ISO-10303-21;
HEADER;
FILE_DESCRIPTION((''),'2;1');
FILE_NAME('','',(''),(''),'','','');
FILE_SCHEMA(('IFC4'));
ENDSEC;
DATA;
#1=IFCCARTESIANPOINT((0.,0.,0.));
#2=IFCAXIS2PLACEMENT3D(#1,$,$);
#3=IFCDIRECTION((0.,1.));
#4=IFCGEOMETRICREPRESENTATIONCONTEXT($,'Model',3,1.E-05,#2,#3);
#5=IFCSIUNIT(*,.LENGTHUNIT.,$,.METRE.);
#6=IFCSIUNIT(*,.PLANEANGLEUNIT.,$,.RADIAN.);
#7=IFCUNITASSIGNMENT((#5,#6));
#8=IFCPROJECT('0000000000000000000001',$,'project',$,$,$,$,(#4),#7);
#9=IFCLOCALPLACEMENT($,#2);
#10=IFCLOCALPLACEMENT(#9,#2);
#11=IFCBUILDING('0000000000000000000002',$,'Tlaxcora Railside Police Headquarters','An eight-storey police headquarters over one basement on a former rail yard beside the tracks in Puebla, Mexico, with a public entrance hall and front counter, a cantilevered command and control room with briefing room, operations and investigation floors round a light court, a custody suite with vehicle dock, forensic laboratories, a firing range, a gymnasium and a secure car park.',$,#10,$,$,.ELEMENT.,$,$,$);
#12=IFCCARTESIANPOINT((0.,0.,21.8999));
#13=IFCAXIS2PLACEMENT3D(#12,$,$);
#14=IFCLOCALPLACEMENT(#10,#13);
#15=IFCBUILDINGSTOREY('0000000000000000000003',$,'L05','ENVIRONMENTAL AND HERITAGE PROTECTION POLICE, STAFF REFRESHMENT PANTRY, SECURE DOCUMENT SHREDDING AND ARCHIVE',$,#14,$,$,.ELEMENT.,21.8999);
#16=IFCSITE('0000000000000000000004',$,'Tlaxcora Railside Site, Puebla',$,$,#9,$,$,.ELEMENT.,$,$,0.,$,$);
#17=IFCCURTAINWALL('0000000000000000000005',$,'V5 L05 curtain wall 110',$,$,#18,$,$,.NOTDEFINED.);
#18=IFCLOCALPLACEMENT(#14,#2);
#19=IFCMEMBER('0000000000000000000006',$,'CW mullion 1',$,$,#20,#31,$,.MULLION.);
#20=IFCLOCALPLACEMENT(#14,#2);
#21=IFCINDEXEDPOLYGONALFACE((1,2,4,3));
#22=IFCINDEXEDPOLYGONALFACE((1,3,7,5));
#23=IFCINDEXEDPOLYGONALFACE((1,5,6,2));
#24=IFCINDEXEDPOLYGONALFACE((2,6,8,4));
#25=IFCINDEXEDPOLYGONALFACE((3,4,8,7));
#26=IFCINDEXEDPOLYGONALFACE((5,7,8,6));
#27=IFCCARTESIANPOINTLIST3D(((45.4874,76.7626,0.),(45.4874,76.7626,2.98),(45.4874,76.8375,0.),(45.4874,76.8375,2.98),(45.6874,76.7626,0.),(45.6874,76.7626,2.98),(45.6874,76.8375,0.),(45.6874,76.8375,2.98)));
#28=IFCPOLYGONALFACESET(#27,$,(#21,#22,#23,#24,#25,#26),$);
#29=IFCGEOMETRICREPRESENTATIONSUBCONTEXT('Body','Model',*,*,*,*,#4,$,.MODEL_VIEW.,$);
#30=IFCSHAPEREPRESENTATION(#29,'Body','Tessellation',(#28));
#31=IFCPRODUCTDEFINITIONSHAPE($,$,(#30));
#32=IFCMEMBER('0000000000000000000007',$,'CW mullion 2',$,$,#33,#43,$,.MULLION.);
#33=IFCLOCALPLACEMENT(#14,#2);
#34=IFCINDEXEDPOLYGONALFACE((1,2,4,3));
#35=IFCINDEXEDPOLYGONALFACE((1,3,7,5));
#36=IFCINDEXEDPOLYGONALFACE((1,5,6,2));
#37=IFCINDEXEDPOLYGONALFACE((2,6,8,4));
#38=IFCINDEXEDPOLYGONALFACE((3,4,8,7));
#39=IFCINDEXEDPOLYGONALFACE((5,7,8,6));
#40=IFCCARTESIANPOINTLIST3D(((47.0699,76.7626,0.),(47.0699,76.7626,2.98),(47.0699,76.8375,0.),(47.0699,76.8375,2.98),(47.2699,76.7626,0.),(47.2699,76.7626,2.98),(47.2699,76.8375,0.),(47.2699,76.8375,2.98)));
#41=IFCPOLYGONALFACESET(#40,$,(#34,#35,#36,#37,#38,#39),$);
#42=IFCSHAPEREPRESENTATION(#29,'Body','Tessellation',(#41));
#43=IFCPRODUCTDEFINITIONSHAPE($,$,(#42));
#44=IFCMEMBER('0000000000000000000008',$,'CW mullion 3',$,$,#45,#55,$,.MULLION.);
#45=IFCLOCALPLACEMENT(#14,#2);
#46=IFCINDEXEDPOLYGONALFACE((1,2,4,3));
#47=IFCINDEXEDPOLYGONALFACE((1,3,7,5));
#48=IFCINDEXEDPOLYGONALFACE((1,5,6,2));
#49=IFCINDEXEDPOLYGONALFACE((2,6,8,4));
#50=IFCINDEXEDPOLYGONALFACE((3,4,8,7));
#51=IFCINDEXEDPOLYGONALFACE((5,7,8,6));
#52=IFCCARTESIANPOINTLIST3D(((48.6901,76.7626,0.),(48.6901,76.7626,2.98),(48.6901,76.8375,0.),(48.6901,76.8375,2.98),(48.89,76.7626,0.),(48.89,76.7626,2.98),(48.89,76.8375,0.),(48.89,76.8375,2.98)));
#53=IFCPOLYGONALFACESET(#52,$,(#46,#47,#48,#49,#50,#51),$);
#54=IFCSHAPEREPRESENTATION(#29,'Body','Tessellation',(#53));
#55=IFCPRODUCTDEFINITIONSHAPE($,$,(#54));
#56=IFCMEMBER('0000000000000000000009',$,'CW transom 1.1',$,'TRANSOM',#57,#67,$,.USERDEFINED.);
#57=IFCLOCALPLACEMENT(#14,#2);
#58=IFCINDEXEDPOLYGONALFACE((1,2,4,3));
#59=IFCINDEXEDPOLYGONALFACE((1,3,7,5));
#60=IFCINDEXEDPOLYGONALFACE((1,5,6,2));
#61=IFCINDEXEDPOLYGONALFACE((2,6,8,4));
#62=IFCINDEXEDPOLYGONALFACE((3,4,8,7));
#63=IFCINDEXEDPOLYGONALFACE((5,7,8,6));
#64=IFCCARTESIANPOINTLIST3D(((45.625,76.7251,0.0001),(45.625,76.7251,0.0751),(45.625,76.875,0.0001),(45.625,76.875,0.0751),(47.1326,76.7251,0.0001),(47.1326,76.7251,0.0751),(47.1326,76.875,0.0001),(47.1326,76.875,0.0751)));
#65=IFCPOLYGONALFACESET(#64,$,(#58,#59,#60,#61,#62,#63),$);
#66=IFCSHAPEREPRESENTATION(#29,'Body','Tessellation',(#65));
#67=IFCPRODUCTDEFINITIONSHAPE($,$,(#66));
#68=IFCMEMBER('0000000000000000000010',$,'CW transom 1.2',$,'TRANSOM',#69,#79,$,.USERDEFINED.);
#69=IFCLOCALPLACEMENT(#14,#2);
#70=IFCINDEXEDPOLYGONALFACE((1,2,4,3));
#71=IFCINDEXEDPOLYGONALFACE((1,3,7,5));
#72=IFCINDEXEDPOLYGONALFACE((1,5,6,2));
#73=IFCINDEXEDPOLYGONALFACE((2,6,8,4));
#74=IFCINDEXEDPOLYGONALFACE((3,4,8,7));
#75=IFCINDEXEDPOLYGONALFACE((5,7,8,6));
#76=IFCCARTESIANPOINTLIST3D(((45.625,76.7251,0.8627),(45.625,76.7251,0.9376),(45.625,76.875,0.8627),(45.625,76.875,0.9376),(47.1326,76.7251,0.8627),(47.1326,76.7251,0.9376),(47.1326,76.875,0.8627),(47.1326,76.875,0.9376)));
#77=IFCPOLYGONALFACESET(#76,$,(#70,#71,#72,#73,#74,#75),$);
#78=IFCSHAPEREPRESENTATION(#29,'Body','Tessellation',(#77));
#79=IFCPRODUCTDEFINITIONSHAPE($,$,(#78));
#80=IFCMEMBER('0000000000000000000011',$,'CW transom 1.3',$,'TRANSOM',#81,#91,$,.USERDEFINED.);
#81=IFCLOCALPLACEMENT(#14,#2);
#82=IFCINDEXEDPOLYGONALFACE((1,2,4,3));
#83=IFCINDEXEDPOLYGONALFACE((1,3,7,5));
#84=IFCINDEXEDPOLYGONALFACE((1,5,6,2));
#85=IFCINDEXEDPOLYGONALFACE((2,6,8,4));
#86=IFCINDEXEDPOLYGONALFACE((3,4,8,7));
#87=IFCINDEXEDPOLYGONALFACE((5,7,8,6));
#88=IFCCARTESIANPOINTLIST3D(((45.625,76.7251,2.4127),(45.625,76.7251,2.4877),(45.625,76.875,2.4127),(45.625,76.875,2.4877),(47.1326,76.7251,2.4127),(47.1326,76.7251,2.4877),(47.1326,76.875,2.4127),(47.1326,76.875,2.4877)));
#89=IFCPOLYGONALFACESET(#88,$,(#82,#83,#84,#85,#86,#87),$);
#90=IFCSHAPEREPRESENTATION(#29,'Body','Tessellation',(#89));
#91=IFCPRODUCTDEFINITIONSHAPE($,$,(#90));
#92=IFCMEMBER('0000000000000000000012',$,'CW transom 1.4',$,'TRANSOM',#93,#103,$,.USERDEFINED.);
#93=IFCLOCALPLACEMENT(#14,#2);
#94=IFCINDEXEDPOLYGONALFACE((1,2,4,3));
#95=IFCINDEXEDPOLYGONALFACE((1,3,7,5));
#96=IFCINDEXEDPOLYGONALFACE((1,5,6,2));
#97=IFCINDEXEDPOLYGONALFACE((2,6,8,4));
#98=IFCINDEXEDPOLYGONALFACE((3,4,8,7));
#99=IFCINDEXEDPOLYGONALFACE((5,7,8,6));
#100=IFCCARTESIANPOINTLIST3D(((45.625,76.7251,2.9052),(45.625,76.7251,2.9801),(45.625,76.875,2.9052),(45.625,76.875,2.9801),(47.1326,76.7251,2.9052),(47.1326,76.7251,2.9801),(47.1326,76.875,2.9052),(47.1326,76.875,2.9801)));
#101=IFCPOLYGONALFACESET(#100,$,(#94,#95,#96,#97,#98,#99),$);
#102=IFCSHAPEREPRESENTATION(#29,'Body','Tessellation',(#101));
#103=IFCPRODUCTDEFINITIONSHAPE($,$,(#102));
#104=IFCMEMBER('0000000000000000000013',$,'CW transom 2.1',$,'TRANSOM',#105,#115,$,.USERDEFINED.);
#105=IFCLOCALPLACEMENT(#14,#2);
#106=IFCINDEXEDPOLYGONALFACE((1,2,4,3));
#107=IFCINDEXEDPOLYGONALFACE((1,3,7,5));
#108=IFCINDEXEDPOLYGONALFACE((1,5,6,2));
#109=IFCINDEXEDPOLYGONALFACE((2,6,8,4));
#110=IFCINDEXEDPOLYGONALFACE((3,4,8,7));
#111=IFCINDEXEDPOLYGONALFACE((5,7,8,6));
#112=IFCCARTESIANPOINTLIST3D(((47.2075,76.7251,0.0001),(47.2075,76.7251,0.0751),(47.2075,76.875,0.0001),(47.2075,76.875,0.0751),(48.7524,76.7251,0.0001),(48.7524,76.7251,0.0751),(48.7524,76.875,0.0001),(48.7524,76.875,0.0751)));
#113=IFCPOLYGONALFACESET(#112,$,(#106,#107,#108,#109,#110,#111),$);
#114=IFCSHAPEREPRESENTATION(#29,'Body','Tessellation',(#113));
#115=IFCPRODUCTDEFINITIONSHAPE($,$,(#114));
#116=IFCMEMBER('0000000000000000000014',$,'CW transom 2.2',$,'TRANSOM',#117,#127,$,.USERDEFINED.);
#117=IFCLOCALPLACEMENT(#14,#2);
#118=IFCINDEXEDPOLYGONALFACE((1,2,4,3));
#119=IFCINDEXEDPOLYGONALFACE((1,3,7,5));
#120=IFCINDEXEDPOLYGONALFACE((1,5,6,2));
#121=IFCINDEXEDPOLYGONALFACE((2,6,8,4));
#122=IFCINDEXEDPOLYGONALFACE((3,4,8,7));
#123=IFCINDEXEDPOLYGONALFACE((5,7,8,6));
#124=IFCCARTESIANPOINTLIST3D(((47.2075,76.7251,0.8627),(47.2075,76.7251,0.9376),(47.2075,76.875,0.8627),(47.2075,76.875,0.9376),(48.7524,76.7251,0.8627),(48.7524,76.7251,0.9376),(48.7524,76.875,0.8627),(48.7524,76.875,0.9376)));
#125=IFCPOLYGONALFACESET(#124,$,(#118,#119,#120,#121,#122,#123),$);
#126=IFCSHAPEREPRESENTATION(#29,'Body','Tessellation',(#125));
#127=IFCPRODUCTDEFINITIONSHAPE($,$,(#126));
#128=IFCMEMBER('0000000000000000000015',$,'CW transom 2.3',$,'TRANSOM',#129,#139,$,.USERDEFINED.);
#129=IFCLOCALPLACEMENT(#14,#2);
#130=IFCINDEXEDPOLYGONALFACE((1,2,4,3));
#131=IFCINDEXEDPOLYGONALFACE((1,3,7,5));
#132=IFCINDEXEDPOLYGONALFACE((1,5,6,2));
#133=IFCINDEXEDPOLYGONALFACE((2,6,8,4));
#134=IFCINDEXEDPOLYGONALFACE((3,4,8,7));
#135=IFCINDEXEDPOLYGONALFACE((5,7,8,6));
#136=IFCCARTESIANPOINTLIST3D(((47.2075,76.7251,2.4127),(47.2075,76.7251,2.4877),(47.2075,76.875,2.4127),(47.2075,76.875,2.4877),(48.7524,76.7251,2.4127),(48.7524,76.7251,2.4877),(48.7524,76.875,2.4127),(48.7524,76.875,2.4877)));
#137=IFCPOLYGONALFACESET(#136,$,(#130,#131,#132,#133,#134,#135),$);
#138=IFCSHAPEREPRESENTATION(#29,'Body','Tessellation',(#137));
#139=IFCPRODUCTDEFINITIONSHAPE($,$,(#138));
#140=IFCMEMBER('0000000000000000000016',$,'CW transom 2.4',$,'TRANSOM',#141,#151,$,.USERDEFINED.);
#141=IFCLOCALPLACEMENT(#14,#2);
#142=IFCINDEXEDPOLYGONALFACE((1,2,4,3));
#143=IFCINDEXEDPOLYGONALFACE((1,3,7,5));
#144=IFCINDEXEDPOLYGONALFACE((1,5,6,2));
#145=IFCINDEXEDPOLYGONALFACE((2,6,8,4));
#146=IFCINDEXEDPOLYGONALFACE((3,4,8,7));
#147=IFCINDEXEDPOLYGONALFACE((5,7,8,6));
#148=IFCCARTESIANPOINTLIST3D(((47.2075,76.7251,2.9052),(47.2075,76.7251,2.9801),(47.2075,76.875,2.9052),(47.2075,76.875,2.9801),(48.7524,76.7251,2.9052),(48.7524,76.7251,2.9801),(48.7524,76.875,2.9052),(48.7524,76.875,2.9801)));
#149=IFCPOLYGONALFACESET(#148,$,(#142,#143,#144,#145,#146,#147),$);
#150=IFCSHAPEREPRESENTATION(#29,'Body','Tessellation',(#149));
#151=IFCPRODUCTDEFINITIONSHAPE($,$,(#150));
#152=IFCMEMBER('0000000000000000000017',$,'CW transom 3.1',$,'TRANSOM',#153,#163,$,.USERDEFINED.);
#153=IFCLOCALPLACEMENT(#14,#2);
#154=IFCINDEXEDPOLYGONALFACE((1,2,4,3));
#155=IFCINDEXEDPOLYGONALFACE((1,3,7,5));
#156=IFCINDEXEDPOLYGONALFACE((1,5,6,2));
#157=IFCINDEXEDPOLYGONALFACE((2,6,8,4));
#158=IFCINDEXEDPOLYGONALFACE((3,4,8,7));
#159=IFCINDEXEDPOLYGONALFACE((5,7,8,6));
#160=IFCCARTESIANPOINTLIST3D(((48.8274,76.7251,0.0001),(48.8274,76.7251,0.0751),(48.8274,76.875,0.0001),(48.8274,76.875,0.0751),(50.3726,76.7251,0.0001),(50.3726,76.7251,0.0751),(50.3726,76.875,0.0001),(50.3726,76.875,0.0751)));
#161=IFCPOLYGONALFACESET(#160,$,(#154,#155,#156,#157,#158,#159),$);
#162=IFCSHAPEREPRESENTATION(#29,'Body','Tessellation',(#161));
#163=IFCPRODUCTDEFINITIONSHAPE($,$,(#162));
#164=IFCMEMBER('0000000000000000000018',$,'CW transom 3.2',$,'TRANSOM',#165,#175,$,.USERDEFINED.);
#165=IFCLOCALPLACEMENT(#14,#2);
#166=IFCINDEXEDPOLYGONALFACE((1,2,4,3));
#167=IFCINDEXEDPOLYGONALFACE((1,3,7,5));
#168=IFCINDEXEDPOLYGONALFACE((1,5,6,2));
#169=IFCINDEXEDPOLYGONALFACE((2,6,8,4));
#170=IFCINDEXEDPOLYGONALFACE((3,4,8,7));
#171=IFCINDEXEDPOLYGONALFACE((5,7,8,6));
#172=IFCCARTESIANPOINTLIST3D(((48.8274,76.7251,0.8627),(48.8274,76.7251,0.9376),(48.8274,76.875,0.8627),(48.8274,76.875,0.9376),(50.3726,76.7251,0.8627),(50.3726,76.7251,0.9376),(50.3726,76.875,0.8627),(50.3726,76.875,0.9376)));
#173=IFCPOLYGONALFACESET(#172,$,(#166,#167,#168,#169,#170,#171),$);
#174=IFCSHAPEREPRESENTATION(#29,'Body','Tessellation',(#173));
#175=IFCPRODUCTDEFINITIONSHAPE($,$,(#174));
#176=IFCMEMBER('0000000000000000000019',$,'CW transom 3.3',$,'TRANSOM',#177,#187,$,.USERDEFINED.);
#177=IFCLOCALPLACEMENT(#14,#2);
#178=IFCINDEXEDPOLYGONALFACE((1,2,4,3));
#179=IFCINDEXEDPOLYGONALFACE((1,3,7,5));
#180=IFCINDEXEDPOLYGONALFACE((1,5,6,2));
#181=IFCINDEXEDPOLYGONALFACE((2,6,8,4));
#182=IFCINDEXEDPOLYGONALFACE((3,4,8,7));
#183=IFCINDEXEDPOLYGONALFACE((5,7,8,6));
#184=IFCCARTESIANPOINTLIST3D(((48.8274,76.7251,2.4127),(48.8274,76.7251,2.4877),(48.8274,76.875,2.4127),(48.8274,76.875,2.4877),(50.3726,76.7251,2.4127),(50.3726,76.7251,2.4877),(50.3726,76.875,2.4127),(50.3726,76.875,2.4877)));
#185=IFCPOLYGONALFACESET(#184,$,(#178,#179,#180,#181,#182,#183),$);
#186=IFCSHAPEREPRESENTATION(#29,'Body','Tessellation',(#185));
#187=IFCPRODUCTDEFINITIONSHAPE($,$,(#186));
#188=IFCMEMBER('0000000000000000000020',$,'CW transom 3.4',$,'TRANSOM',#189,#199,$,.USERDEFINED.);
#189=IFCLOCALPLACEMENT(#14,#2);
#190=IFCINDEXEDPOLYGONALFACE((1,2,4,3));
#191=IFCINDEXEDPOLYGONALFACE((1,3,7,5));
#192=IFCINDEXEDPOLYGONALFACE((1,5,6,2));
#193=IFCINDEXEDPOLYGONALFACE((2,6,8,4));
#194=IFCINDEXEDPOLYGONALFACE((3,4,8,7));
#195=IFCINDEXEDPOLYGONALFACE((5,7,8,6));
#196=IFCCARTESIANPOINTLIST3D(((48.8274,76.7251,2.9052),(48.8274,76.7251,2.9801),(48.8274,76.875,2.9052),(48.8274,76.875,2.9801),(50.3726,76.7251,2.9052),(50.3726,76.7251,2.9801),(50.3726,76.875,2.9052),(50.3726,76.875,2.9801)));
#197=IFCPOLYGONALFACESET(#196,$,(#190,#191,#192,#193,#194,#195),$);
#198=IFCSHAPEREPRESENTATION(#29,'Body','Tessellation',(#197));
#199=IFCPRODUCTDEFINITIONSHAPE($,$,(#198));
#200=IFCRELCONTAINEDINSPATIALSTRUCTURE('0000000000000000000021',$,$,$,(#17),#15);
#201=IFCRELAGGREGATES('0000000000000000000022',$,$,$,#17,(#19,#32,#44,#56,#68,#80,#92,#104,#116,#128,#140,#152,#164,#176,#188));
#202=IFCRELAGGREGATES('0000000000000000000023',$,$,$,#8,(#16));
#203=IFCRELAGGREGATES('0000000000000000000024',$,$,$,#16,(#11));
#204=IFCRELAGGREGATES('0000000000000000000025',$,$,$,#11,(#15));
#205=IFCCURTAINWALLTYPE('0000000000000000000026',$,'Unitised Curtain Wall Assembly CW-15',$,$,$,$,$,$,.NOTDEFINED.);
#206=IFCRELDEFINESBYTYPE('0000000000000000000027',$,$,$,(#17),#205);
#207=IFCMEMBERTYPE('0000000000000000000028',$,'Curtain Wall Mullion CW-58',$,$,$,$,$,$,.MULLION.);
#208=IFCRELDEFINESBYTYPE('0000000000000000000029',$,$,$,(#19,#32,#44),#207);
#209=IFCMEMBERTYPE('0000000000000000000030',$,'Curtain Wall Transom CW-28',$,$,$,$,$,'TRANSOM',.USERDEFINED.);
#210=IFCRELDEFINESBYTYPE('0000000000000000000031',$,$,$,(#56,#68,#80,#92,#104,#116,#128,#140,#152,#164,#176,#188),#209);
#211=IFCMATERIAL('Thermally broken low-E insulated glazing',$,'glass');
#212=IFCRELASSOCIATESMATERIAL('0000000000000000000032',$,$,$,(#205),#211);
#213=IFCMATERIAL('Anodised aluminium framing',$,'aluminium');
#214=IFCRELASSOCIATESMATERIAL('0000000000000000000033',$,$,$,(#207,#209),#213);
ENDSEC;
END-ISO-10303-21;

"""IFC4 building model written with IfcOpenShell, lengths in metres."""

from ifc_helpers import new_model, si_unit, direction, frame, origin, origin_2d, place, context, subcontext, project, spatial, rectangle, extrude, material, material_profile, profile_set, type_object, element, aggregate, save


model = new_model("IFC4")

# Units and contexts
model_context = context("Model", 3, precision=1e-05, world=origin(), true_north=direction((0.0, 1.0)))
body_context = subcontext(model_context, "Body", "Model", "MODEL_VIEW")
ifc_project = project(units=[si_unit("LENGTHUNIT", "METRE"), si_unit("PLANEANGLEUNIT", "RADIAN")], contexts=[model_context])

# Site, building, storey
site_placement = place(None, origin())
site = spatial("IfcSite", under=ifc_project, at=site_placement, Name="Tlaxcora Railside Site, Puebla", CompositionType="ELEMENT", RefElevation=0.0)
building_placement = place(site_placement, origin())
building = spatial("IfcBuilding", under=site, at=building_placement, Name="Tlaxcora Railside Police Headquarters", Description="An eight-storey police headquarters over one basement on a former rail yard beside the tracks in Puebla, Mexico, with a public entrance hall and front counter, a cantilevered command and control room with briefing room, operations and investigation floors round a light court, a custody suite with vehicle dock, forensic laboratories, a firing range, a gymnasium and a secure car park.", CompositionType="ELEMENT")
storey_placement = place(building_placement, frame((0.0, 0.0, 21.8999)))
storey = spatial("IfcBuildingStorey", under=building, at=storey_placement, Name="L05", Description="ENVIRONMENTAL AND HERITAGE PROTECTION POLICE, STAFF REFRESHMENT PANTRY, SECURE DOCUMENT SHREDDING AND ARCHIVE", CompositionType="ELEMENT", Elevation=21.8999)

# Curtain wall, members
ifc_material_1 = material(Name="Thermally broken low-E insulated glazing", Category="glass")
curtain_wall_type = type_object("IfcCurtainWallType", Name="Unitised Curtain Wall Assembly CW-15", PredefinedType="NOTDEFINED", material=ifc_material_1)
curtain_wall_placement = place(storey_placement, origin())
curtain_wall = element("IfcCurtainWall", 1, at=curtain_wall_placement, inside=storey, type_object=curtain_wall_type, Name="V5 L05 curtain wall 110", PredefinedType="NOTDEFINED")
ifc_material_2 = material(Name="Anodised aluminium framing", Category="aluminium")
ifc_material_profile_1 = material_profile(ifc_material_2, rectangle(XDim=0.075, YDim=0.2, at=origin_2d()), Name="AL75X200")
ifc_profile_set_1 = profile_set([ifc_material_profile_1], Name="Anodised aluminium framing")
member_type_1 = type_object("IfcMemberType", Name="Curtain Wall Mullion CW-58", PredefinedType="MULLION", material=ifc_profile_set_1)
member_1_placement = place(storey_placement, frame((45.5874, 76.8, 0.0), z_axis=(0.0, 0.0, 1.0), x_axis=(0.0, 1.0, 0.0)))
member_1 = element("IfcMember", 2, at=member_1_placement, type_object=member_type_1, Name="CW mullion 1", PredefinedType="MULLION", context=body_context, shape_type="SweptSolid", body=[
    extrude(rectangle(XDim=0.075, YDim=0.2, at=origin_2d()), origin(), (0.0, 0.0, 1.0), 2.98),
])
member_2_placement = place(storey_placement, frame((47.1699, 76.8, 0.0), z_axis=(0.0, 0.0, 1.0), x_axis=(0.0, 1.0, 0.0)))
member_2 = element("IfcMember", 3, at=member_2_placement, type_object=member_type_1, Name="CW mullion 2", PredefinedType="MULLION", context=body_context, shape_type="SweptSolid", body=[
    extrude(rectangle(XDim=0.075, YDim=0.2, at=origin_2d()), origin(), (0.0, 0.0, 1.0), 2.98),
])
member_3_placement = place(storey_placement, frame((48.79, 76.8, 0.0), z_axis=(0.0, 0.0, 1.0), x_axis=(0.0, 1.0, 0.0)))
member_3 = element("IfcMember", 4, at=member_3_placement, type_object=member_type_1, Name="CW mullion 3", PredefinedType="MULLION", context=body_context, shape_type="SweptSolid", body=[
    extrude(rectangle(XDim=0.075, YDim=0.2, at=origin_2d()), origin(), (0.0, 0.0, 1.0), 2.98),
])
ifc_material_profile_2 = material_profile(ifc_material_2, rectangle(XDim=0.1499, YDim=0.075, at=origin_2d()), Name="AL75X150")
ifc_profile_set_2 = profile_set([ifc_material_profile_2], Name="Anodised aluminium framing")
member_type_2 = type_object("IfcMemberType", Name="Curtain Wall Transom CW-28", ElementType="TRANSOM", PredefinedType="USERDEFINED", material=ifc_profile_set_2)
member_4_placement = place(storey_placement, frame((45.625, 76.8, 0.0376), z_axis=(1.0, 0.0, 0.0), x_axis=(0.0, 1.0, 0.0)))
member_4 = element("IfcMember", 5, at=member_4_placement, type_object=member_type_2, Name="CW transom 1.1", ObjectType="TRANSOM", PredefinedType="USERDEFINED", context=body_context, shape_type="SweptSolid", body=[
    extrude(rectangle(XDim=0.1499, YDim=0.075, at=origin_2d()), origin(), (0.0, 0.0, 1.0), 1.5076),
])
member_5_placement = place(storey_placement, frame((45.625, 76.8, 0.9001), z_axis=(1.0, 0.0, 0.0), x_axis=(0.0, 1.0, 0.0)))
member_5 = element("IfcMember", 6, at=member_5_placement, type_object=member_type_2, Name="CW transom 1.2", ObjectType="TRANSOM", PredefinedType="USERDEFINED", context=body_context, shape_type="SweptSolid", body=[
    extrude(rectangle(XDim=0.1499, YDim=0.075, at=origin_2d()), origin(), (0.0, 0.0, 1.0), 1.5076),
])
member_6_placement = place(storey_placement, frame((45.625, 76.8, 2.4502), z_axis=(1.0, 0.0, 0.0), x_axis=(0.0, 1.0, 0.0)))
member_6 = element("IfcMember", 7, at=member_6_placement, type_object=member_type_2, Name="CW transom 1.3", ObjectType="TRANSOM", PredefinedType="USERDEFINED", context=body_context, shape_type="SweptSolid", body=[
    extrude(rectangle(XDim=0.1499, YDim=0.075, at=origin_2d()), origin(), (0.0, 0.0, 1.0), 1.5076),
])
member_7_placement = place(storey_placement, frame((45.625, 76.8, 2.9426), z_axis=(1.0, 0.0, 0.0), x_axis=(0.0, 1.0, 0.0)))
member_7 = element("IfcMember", 8, at=member_7_placement, type_object=member_type_2, Name="CW transom 1.4", ObjectType="TRANSOM", PredefinedType="USERDEFINED", context=body_context, shape_type="SweptSolid", body=[
    extrude(rectangle(XDim=0.1499, YDim=0.075, at=origin_2d()), origin(), (0.0, 0.0, 1.0), 1.5076),
])
member_8_placement = place(storey_placement, frame((47.2075, 76.8, 0.0376), z_axis=(1.0, 0.0, 0.0), x_axis=(0.0, 1.0, 0.0)))
member_8 = element("IfcMember", 9, at=member_8_placement, type_object=member_type_2, Name="CW transom 2.1", ObjectType="TRANSOM", PredefinedType="USERDEFINED", context=body_context, shape_type="SweptSolid", body=[
    extrude(rectangle(XDim=0.1499, YDim=0.075, at=origin_2d()), origin(), (0.0, 0.0, 1.0), 1.5449),
])
member_9_placement = place(storey_placement, frame((47.2075, 76.8, 0.9001), z_axis=(1.0, 0.0, 0.0), x_axis=(0.0, 1.0, 0.0)))
member_9 = element("IfcMember", 10, at=member_9_placement, type_object=member_type_2, Name="CW transom 2.2", ObjectType="TRANSOM", PredefinedType="USERDEFINED", context=body_context, shape_type="SweptSolid", body=[
    extrude(rectangle(XDim=0.1499, YDim=0.075, at=origin_2d()), origin(), (0.0, 0.0, 1.0), 1.5449),
])
member_10_placement = place(storey_placement, frame((47.2075, 76.8, 2.4502), z_axis=(1.0, 0.0, 0.0), x_axis=(0.0, 1.0, 0.0)))
member_10 = element("IfcMember", 11, at=member_10_placement, type_object=member_type_2, Name="CW transom 2.3", ObjectType="TRANSOM", PredefinedType="USERDEFINED", context=body_context, shape_type="SweptSolid", body=[
    extrude(rectangle(XDim=0.1499, YDim=0.075, at=origin_2d()), origin(), (0.0, 0.0, 1.0), 1.5449),
])
member_11_placement = place(storey_placement, frame((47.2075, 76.8, 2.9426), z_axis=(1.0, 0.0, 0.0), x_axis=(0.0, 1.0, 0.0)))
member_11 = element("IfcMember", 12, at=member_11_placement, type_object=member_type_2, Name="CW transom 2.4", ObjectType="TRANSOM", PredefinedType="USERDEFINED", context=body_context, shape_type="SweptSolid", body=[
    extrude(rectangle(XDim=0.1499, YDim=0.075, at=origin_2d()), origin(), (0.0, 0.0, 1.0), 1.5449),
])
member_12_placement = place(storey_placement, frame((48.8274, 76.8, 0.0376), z_axis=(1.0, 0.0, 0.0), x_axis=(0.0, 1.0, 0.0)))
member_12 = element("IfcMember", 13, at=member_12_placement, type_object=member_type_2, Name="CW transom 3.1", ObjectType="TRANSOM", PredefinedType="USERDEFINED", context=body_context, shape_type="SweptSolid", body=[
    extrude(rectangle(XDim=0.1499, YDim=0.075, at=origin_2d()), origin(), (0.0, 0.0, 1.0), 1.5452),
])
member_13_placement = place(storey_placement, frame((48.8274, 76.8, 0.9001), z_axis=(1.0, 0.0, 0.0), x_axis=(0.0, 1.0, 0.0)))
member_13 = element("IfcMember", 14, at=member_13_placement, type_object=member_type_2, Name="CW transom 3.2", ObjectType="TRANSOM", PredefinedType="USERDEFINED", context=body_context, shape_type="SweptSolid", body=[
    extrude(rectangle(XDim=0.1499, YDim=0.075, at=origin_2d()), origin(), (0.0, 0.0, 1.0), 1.5452),
])
member_14_placement = place(storey_placement, frame((48.8274, 76.8, 2.4502), z_axis=(1.0, 0.0, 0.0), x_axis=(0.0, 1.0, 0.0)))
member_14 = element("IfcMember", 15, at=member_14_placement, type_object=member_type_2, Name="CW transom 3.3", ObjectType="TRANSOM", PredefinedType="USERDEFINED", context=body_context, shape_type="SweptSolid", body=[
    extrude(rectangle(XDim=0.1499, YDim=0.075, at=origin_2d()), origin(), (0.0, 0.0, 1.0), 1.5452),
])
member_15_placement = place(storey_placement, frame((48.8274, 76.8, 2.9426), z_axis=(1.0, 0.0, 0.0), x_axis=(0.0, 1.0, 0.0)))
member_15 = element("IfcMember", 16, at=member_15_placement, type_object=member_type_2, Name="CW transom 3.4", ObjectType="TRANSOM", PredefinedType="USERDEFINED", context=body_context, shape_type="SweptSolid", body=[
    extrude(rectangle(XDim=0.1499, YDim=0.075, at=origin_2d()), origin(), (0.0, 0.0, 1.0), 1.5452),
])

aggregate(curtain_wall, [member_1, member_2, member_3, member_4, member_5, member_6, member_7, member_8, member_9, member_10, member_11, member_12, member_13, member_14, member_15])

save(model, "model.ifc")
